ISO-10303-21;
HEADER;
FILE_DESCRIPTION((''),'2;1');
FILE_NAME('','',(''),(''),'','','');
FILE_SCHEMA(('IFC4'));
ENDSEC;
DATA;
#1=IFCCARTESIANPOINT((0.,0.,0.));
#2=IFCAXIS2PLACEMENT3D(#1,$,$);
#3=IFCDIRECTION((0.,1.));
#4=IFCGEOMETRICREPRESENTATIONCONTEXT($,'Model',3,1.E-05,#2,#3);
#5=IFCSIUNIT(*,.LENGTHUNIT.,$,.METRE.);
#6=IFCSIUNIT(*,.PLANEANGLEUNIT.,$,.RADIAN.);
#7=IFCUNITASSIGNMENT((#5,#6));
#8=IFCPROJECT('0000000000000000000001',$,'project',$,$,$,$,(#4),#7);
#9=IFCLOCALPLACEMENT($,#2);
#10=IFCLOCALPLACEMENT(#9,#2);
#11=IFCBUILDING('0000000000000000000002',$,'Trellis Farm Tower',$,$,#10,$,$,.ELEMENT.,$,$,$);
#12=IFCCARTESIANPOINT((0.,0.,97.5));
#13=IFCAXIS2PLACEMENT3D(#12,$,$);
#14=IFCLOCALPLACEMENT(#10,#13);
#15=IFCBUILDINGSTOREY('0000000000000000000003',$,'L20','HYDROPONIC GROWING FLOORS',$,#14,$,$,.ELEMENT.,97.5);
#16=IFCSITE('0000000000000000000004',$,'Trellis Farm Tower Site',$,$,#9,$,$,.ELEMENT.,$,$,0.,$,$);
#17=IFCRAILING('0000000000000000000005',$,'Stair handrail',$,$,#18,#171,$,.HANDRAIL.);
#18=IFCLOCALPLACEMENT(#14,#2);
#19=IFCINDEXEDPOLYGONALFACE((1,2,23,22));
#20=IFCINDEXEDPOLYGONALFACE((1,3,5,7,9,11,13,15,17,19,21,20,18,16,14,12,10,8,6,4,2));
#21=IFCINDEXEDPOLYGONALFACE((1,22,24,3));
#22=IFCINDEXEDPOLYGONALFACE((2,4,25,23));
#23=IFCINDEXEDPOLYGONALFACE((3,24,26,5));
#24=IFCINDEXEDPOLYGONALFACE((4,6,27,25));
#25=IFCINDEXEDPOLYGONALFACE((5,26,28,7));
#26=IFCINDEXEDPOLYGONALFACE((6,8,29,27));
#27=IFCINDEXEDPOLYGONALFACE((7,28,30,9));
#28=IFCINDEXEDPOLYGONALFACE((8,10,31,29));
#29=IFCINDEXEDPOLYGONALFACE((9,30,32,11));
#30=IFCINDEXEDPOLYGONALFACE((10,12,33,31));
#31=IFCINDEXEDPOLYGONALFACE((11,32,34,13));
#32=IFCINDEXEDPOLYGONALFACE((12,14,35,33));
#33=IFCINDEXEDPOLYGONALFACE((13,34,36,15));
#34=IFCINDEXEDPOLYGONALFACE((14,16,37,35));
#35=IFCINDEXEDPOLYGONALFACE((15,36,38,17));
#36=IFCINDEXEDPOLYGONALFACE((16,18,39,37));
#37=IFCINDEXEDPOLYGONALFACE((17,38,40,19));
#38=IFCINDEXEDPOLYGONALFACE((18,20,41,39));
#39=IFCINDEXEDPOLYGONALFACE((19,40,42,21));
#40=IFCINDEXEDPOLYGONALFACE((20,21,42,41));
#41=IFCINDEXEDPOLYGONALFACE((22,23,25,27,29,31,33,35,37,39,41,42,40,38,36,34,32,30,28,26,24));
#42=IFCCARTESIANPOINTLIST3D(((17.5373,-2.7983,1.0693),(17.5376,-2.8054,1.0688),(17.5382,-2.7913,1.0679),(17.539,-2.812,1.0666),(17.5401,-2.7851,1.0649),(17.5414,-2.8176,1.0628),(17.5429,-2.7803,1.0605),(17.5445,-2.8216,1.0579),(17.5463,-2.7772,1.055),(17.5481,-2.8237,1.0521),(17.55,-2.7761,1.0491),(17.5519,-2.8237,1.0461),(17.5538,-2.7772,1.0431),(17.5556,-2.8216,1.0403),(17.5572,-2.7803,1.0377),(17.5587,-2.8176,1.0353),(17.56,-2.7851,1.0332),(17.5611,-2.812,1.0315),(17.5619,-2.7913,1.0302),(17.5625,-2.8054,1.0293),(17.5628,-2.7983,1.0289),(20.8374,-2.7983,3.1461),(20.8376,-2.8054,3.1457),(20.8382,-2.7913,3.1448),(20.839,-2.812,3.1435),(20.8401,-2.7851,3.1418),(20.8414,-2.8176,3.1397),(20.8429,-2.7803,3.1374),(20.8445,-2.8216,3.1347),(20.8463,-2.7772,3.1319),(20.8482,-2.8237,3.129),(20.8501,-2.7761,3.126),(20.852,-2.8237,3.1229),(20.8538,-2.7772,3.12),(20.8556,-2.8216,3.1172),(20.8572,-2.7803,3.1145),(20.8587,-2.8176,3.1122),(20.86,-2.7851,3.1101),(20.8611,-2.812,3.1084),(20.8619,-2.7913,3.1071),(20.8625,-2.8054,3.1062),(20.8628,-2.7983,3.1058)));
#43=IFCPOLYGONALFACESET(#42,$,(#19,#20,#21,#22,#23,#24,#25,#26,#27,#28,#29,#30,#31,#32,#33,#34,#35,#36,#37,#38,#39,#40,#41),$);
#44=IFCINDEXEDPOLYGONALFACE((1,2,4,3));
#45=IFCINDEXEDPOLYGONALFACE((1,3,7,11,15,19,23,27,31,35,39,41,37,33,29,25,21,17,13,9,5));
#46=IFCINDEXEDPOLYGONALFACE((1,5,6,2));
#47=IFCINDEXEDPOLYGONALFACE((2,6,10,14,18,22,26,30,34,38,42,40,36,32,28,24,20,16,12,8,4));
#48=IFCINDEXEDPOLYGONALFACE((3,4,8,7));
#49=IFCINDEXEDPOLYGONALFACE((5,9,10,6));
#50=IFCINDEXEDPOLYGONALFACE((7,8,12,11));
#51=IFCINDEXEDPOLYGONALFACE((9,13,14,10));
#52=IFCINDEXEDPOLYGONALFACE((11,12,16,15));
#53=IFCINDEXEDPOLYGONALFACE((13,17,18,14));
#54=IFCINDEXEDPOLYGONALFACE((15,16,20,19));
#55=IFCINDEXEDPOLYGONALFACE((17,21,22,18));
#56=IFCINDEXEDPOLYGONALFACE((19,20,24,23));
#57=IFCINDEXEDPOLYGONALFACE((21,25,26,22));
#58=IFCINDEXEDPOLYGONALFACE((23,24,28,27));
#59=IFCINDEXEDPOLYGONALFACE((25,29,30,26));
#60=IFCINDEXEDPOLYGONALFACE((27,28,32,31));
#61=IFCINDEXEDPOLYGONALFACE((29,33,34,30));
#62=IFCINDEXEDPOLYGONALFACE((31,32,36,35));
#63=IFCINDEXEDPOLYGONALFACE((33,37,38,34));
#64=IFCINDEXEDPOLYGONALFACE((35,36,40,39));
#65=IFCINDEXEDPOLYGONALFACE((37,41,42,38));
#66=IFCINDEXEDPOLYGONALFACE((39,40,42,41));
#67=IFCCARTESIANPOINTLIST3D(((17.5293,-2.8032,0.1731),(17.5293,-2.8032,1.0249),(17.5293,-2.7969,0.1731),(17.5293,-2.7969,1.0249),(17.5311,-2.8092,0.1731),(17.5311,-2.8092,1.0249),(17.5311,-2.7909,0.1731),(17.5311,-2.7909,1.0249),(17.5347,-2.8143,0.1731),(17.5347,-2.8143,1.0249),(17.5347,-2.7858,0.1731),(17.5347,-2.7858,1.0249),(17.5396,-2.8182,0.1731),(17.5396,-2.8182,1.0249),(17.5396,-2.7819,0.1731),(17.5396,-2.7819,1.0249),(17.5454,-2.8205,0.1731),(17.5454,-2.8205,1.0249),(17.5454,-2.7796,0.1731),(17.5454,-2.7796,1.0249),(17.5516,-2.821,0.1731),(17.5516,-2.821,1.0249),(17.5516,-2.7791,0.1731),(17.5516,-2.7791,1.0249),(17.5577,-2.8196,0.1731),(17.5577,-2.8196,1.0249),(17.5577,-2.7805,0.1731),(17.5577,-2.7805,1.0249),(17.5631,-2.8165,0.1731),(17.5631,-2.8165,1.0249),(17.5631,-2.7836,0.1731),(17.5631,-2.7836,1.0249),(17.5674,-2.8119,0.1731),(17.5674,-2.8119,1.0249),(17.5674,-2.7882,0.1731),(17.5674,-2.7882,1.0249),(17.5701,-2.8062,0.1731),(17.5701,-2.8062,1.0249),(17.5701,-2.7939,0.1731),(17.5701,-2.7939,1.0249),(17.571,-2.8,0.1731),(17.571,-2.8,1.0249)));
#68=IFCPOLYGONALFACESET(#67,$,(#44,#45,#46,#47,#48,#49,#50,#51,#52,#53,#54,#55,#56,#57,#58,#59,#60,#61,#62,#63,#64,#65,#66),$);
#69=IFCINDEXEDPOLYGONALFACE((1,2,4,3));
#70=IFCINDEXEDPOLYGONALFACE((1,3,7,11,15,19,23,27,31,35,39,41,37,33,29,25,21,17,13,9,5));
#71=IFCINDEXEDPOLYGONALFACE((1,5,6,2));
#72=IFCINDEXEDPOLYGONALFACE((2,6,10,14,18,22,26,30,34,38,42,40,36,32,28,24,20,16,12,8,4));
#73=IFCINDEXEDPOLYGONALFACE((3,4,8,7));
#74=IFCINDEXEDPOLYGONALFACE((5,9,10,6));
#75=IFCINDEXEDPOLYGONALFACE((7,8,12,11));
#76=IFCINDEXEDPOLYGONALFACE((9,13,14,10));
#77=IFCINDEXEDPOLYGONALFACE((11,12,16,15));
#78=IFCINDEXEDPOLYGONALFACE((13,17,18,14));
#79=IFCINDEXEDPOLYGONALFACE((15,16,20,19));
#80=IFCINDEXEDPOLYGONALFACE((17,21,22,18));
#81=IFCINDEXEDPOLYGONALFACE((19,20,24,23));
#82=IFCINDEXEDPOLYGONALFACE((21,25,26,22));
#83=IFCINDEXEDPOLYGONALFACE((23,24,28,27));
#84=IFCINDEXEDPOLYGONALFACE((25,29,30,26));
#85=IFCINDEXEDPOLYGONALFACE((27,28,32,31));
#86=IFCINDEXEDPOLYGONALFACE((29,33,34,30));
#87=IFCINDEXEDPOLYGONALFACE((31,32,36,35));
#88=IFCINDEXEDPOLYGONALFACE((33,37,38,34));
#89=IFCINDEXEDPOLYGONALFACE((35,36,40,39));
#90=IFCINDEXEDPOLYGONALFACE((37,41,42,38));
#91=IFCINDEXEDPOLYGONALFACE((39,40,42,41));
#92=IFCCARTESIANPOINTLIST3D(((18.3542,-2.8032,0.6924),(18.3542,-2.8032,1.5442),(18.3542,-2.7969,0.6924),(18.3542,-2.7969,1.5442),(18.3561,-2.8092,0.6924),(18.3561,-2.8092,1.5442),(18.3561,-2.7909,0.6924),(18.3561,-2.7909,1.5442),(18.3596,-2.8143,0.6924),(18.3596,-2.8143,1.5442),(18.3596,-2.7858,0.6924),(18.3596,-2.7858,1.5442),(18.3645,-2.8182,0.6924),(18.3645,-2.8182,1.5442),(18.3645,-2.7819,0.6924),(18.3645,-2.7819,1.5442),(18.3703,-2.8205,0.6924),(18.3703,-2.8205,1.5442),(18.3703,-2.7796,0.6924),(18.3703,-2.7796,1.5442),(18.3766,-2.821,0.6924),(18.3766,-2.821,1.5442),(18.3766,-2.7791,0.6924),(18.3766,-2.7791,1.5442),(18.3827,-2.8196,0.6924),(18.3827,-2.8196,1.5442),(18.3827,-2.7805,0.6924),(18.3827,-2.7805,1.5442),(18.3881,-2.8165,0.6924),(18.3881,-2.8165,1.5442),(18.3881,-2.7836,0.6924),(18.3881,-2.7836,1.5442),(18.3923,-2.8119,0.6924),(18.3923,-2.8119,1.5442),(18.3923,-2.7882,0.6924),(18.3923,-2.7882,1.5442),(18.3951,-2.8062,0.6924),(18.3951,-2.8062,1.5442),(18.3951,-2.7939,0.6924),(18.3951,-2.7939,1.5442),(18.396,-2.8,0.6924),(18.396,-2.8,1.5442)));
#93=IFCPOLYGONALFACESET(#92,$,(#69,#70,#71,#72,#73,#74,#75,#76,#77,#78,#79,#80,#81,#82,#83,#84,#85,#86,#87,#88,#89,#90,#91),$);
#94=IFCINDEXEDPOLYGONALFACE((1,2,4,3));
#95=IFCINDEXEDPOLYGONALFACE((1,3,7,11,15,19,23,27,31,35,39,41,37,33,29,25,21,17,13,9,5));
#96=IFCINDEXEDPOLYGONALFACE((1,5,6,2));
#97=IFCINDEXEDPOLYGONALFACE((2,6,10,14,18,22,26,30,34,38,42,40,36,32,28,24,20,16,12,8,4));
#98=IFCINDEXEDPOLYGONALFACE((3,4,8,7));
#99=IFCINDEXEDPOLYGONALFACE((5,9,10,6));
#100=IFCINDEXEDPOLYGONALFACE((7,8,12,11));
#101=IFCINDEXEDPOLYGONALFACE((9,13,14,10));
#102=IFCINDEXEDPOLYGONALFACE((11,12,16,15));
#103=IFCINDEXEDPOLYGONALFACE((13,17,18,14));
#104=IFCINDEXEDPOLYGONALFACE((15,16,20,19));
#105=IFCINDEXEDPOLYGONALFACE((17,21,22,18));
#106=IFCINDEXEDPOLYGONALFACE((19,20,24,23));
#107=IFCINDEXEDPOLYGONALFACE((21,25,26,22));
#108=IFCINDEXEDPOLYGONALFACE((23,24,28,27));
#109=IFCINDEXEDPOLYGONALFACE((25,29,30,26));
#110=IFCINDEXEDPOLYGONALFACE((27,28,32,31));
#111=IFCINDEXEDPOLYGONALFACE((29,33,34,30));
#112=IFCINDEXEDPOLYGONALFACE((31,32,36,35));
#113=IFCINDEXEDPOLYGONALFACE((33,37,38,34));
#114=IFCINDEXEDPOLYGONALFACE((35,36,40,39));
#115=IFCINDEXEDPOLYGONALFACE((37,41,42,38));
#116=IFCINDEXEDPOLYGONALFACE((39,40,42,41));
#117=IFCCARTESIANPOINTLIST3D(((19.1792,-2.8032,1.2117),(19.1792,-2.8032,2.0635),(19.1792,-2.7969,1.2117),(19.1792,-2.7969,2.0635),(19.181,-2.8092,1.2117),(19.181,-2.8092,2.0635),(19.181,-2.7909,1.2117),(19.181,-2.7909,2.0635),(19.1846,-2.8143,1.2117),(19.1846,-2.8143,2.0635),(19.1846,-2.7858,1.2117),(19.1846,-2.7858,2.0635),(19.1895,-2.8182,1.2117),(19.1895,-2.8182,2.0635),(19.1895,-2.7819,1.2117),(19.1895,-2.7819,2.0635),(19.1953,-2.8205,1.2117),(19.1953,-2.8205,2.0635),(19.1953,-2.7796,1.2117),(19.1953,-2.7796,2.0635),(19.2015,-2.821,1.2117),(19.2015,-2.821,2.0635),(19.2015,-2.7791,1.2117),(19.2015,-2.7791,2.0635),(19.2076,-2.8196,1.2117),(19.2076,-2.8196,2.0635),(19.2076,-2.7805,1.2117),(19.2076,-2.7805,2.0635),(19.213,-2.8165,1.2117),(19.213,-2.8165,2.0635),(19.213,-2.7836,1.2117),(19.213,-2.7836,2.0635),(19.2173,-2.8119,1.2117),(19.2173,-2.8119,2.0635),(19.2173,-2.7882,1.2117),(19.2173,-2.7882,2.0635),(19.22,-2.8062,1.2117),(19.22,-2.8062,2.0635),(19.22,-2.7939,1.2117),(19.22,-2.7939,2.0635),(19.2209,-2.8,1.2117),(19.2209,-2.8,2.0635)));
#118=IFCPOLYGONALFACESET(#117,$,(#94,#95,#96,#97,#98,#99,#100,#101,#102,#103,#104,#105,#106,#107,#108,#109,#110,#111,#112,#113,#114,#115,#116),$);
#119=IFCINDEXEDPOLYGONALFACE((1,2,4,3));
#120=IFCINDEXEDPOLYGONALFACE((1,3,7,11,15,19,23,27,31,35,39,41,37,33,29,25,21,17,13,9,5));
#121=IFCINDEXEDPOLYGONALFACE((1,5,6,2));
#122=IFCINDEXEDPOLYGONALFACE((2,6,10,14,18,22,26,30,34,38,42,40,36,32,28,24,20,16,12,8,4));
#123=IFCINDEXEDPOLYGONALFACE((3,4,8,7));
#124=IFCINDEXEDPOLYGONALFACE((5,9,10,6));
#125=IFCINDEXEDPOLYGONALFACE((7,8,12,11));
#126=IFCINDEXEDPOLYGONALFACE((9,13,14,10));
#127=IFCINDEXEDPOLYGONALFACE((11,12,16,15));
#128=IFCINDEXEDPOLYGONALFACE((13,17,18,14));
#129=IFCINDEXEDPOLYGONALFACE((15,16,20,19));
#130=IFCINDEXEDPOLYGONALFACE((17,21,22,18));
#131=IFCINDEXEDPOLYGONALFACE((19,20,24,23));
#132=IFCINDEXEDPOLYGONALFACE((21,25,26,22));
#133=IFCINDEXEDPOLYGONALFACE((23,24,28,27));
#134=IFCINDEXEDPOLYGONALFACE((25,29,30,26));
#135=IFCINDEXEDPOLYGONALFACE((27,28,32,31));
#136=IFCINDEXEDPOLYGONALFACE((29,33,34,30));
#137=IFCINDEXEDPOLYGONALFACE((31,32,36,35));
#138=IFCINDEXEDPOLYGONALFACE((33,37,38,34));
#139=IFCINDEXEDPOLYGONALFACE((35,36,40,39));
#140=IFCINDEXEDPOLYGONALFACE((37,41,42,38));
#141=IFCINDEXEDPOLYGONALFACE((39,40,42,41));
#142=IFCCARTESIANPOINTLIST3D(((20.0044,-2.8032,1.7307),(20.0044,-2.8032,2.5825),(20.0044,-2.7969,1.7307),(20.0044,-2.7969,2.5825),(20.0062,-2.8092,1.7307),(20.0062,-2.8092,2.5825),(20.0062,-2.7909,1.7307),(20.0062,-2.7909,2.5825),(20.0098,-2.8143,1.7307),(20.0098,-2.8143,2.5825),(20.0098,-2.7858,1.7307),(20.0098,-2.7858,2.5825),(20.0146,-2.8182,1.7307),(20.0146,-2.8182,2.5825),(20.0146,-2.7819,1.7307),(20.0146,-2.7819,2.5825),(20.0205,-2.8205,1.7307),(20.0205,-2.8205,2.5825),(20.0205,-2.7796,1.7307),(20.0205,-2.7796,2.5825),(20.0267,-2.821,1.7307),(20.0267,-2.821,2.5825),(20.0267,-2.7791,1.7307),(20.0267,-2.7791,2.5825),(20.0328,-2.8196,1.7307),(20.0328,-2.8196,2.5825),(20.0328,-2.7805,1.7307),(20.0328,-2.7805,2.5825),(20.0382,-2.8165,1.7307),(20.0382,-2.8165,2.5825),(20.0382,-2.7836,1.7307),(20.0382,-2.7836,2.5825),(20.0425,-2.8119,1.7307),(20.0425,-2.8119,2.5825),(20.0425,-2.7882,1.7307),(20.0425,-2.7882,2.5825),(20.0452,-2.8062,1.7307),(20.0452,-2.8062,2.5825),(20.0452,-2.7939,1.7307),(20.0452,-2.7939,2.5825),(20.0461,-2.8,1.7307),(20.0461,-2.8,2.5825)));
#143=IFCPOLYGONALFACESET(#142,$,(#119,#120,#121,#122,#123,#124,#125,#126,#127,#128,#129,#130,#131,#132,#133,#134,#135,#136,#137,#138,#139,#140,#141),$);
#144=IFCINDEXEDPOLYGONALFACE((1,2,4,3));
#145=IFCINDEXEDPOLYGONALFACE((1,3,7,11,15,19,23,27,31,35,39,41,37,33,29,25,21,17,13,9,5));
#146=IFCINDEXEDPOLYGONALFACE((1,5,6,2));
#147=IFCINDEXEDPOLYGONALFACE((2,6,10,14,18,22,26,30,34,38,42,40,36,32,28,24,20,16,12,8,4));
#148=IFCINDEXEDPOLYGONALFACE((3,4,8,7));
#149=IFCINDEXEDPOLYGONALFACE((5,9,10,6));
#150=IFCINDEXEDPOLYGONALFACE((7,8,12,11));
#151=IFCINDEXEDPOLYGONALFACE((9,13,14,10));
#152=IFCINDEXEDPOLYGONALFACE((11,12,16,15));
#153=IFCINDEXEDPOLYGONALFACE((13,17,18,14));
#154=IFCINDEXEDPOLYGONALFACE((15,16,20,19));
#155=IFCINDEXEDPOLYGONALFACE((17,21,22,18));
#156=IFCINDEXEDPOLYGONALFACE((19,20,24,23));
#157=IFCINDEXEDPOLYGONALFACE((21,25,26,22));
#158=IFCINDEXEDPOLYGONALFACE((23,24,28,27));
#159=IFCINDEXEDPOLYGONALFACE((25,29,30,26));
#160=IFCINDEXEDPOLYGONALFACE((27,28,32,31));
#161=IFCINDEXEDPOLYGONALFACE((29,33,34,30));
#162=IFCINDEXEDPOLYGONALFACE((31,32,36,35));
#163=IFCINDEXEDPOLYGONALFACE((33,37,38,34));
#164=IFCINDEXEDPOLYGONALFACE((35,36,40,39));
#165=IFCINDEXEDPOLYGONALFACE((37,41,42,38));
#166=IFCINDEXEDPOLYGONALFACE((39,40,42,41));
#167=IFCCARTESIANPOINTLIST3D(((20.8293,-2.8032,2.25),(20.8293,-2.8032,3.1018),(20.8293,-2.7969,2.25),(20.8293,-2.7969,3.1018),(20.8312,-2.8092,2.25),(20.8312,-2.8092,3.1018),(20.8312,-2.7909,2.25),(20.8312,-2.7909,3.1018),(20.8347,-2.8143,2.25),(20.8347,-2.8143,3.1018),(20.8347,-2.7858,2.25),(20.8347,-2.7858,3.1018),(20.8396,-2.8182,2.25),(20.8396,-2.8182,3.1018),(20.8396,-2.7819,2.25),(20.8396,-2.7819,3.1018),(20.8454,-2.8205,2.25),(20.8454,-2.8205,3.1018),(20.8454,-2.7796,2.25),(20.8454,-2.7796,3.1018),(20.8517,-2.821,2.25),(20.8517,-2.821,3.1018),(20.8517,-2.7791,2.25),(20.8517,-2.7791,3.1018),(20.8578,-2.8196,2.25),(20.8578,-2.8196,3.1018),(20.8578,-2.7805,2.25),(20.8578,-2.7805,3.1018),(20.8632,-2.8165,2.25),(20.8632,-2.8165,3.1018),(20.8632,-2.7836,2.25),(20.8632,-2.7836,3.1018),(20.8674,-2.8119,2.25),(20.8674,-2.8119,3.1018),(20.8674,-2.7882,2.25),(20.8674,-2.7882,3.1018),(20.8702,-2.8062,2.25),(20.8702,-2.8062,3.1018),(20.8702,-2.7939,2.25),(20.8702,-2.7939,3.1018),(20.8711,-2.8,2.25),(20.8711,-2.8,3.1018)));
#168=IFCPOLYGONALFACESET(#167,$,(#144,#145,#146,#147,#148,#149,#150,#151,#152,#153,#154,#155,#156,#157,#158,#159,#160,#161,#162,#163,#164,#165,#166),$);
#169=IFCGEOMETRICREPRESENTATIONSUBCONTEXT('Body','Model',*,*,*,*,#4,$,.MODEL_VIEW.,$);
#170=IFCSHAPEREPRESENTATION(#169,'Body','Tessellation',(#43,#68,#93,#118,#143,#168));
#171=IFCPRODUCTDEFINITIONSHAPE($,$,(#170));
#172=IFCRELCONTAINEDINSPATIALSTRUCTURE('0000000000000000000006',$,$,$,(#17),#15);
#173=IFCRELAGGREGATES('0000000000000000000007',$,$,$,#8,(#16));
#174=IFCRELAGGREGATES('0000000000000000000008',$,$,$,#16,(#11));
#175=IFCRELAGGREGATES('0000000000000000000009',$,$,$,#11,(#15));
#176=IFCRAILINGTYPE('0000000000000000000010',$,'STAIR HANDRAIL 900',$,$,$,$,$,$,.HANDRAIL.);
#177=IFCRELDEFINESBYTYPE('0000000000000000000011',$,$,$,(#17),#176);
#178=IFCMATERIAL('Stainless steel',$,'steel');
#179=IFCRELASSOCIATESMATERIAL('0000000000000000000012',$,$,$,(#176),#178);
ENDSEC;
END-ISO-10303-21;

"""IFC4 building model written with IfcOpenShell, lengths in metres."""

from ifc_helpers import new_model, si_unit, direction, frame, origin, origin_2d, place, context, subcontext, project, spatial, circle, extrude, source, transform, mapped, material, type_object, element, save


model = new_model("IFC4")

# Units and contexts
model_context = context("Model", 3, precision=1e-05, world=origin(), true_north=direction((0.0, 1.0)))
body_context = subcontext(model_context, "Body", "Model", "MODEL_VIEW")
ifc_project = project(units=[si_unit("LENGTHUNIT", "METRE"), si_unit("PLANEANGLEUNIT", "RADIAN")], contexts=[model_context])

# Site, building, storey
site_placement = place(None, origin())
site = spatial("IfcSite", under=ifc_project, at=site_placement, Name="Trellis Farm Tower Site", CompositionType="ELEMENT", RefElevation=0.0)
building_placement = place(site_placement, origin())
building = spatial("IfcBuilding", under=site, at=building_placement, Name="Trellis Farm Tower", CompositionType="ELEMENT")
storey_placement = place(building_placement, frame((0.0, 0.0, 97.5)))
storey = spatial("IfcBuildingStorey", under=building, at=storey_placement, Name="L20", Description="HYDROPONIC GROWING FLOORS", CompositionType="ELEMENT", Elevation=97.5)

# Shared definitions
ifc_material_1 = material(Name="Stainless steel", Category="steel")

# Railing
railing_type = type_object("IfcRailingType", Name="STAIR HANDRAIL 900", PredefinedType="HANDRAIL", material=ifc_material_1)
shared_shape_1 = source(origin(), body_context, "Body", "SweptSolid", [
    extrude(circle(Radius=0.0239, at=origin_2d()), frame((0.0, 0.0, 0.876), z_axis=(0.846337, 0.0, 0.532647), x_axis=(0.0, 1.0, 0.0)), (0.0, 0.0, 1.0), 3.8992),
    extrude(circle(Radius=0.021, at=origin_2d()), origin(), (0.0, 0.0, 1.0), 0.8518),
    extrude(circle(Radius=0.021, at=origin_2d()), frame((0.825, 0.0, 0.5193)), (0.0, 0.0, 1.0), 0.8518),
    extrude(circle(Radius=0.021, at=origin_2d()), frame((1.6499, 0.0, 1.0386)), (0.0, 0.0, 1.0), 0.8518),
    extrude(circle(Radius=0.021, at=origin_2d()), frame((2.4751, 0.0, 1.5576)), (0.0, 0.0, 1.0), 0.8518),
    extrude(circle(Radius=0.021, at=origin_2d()), frame((3.3, 0.0, 2.0769)), (0.0, 0.0, 1.0), 0.8518),
])
railing_placement = place(storey_placement, frame((17.55, -2.8, 0.1731)))
element("IfcRailing", 1, at=railing_placement, inside=storey, type_object=railing_type, Name="Stair handrail", PredefinedType="HANDRAIL", context=body_context, shape_type="MappedRepresentation", body=[
    mapped(shared_shape_1, transform((0.0, 0.0, 0.0))),
])

save(model, "model.ifc")
